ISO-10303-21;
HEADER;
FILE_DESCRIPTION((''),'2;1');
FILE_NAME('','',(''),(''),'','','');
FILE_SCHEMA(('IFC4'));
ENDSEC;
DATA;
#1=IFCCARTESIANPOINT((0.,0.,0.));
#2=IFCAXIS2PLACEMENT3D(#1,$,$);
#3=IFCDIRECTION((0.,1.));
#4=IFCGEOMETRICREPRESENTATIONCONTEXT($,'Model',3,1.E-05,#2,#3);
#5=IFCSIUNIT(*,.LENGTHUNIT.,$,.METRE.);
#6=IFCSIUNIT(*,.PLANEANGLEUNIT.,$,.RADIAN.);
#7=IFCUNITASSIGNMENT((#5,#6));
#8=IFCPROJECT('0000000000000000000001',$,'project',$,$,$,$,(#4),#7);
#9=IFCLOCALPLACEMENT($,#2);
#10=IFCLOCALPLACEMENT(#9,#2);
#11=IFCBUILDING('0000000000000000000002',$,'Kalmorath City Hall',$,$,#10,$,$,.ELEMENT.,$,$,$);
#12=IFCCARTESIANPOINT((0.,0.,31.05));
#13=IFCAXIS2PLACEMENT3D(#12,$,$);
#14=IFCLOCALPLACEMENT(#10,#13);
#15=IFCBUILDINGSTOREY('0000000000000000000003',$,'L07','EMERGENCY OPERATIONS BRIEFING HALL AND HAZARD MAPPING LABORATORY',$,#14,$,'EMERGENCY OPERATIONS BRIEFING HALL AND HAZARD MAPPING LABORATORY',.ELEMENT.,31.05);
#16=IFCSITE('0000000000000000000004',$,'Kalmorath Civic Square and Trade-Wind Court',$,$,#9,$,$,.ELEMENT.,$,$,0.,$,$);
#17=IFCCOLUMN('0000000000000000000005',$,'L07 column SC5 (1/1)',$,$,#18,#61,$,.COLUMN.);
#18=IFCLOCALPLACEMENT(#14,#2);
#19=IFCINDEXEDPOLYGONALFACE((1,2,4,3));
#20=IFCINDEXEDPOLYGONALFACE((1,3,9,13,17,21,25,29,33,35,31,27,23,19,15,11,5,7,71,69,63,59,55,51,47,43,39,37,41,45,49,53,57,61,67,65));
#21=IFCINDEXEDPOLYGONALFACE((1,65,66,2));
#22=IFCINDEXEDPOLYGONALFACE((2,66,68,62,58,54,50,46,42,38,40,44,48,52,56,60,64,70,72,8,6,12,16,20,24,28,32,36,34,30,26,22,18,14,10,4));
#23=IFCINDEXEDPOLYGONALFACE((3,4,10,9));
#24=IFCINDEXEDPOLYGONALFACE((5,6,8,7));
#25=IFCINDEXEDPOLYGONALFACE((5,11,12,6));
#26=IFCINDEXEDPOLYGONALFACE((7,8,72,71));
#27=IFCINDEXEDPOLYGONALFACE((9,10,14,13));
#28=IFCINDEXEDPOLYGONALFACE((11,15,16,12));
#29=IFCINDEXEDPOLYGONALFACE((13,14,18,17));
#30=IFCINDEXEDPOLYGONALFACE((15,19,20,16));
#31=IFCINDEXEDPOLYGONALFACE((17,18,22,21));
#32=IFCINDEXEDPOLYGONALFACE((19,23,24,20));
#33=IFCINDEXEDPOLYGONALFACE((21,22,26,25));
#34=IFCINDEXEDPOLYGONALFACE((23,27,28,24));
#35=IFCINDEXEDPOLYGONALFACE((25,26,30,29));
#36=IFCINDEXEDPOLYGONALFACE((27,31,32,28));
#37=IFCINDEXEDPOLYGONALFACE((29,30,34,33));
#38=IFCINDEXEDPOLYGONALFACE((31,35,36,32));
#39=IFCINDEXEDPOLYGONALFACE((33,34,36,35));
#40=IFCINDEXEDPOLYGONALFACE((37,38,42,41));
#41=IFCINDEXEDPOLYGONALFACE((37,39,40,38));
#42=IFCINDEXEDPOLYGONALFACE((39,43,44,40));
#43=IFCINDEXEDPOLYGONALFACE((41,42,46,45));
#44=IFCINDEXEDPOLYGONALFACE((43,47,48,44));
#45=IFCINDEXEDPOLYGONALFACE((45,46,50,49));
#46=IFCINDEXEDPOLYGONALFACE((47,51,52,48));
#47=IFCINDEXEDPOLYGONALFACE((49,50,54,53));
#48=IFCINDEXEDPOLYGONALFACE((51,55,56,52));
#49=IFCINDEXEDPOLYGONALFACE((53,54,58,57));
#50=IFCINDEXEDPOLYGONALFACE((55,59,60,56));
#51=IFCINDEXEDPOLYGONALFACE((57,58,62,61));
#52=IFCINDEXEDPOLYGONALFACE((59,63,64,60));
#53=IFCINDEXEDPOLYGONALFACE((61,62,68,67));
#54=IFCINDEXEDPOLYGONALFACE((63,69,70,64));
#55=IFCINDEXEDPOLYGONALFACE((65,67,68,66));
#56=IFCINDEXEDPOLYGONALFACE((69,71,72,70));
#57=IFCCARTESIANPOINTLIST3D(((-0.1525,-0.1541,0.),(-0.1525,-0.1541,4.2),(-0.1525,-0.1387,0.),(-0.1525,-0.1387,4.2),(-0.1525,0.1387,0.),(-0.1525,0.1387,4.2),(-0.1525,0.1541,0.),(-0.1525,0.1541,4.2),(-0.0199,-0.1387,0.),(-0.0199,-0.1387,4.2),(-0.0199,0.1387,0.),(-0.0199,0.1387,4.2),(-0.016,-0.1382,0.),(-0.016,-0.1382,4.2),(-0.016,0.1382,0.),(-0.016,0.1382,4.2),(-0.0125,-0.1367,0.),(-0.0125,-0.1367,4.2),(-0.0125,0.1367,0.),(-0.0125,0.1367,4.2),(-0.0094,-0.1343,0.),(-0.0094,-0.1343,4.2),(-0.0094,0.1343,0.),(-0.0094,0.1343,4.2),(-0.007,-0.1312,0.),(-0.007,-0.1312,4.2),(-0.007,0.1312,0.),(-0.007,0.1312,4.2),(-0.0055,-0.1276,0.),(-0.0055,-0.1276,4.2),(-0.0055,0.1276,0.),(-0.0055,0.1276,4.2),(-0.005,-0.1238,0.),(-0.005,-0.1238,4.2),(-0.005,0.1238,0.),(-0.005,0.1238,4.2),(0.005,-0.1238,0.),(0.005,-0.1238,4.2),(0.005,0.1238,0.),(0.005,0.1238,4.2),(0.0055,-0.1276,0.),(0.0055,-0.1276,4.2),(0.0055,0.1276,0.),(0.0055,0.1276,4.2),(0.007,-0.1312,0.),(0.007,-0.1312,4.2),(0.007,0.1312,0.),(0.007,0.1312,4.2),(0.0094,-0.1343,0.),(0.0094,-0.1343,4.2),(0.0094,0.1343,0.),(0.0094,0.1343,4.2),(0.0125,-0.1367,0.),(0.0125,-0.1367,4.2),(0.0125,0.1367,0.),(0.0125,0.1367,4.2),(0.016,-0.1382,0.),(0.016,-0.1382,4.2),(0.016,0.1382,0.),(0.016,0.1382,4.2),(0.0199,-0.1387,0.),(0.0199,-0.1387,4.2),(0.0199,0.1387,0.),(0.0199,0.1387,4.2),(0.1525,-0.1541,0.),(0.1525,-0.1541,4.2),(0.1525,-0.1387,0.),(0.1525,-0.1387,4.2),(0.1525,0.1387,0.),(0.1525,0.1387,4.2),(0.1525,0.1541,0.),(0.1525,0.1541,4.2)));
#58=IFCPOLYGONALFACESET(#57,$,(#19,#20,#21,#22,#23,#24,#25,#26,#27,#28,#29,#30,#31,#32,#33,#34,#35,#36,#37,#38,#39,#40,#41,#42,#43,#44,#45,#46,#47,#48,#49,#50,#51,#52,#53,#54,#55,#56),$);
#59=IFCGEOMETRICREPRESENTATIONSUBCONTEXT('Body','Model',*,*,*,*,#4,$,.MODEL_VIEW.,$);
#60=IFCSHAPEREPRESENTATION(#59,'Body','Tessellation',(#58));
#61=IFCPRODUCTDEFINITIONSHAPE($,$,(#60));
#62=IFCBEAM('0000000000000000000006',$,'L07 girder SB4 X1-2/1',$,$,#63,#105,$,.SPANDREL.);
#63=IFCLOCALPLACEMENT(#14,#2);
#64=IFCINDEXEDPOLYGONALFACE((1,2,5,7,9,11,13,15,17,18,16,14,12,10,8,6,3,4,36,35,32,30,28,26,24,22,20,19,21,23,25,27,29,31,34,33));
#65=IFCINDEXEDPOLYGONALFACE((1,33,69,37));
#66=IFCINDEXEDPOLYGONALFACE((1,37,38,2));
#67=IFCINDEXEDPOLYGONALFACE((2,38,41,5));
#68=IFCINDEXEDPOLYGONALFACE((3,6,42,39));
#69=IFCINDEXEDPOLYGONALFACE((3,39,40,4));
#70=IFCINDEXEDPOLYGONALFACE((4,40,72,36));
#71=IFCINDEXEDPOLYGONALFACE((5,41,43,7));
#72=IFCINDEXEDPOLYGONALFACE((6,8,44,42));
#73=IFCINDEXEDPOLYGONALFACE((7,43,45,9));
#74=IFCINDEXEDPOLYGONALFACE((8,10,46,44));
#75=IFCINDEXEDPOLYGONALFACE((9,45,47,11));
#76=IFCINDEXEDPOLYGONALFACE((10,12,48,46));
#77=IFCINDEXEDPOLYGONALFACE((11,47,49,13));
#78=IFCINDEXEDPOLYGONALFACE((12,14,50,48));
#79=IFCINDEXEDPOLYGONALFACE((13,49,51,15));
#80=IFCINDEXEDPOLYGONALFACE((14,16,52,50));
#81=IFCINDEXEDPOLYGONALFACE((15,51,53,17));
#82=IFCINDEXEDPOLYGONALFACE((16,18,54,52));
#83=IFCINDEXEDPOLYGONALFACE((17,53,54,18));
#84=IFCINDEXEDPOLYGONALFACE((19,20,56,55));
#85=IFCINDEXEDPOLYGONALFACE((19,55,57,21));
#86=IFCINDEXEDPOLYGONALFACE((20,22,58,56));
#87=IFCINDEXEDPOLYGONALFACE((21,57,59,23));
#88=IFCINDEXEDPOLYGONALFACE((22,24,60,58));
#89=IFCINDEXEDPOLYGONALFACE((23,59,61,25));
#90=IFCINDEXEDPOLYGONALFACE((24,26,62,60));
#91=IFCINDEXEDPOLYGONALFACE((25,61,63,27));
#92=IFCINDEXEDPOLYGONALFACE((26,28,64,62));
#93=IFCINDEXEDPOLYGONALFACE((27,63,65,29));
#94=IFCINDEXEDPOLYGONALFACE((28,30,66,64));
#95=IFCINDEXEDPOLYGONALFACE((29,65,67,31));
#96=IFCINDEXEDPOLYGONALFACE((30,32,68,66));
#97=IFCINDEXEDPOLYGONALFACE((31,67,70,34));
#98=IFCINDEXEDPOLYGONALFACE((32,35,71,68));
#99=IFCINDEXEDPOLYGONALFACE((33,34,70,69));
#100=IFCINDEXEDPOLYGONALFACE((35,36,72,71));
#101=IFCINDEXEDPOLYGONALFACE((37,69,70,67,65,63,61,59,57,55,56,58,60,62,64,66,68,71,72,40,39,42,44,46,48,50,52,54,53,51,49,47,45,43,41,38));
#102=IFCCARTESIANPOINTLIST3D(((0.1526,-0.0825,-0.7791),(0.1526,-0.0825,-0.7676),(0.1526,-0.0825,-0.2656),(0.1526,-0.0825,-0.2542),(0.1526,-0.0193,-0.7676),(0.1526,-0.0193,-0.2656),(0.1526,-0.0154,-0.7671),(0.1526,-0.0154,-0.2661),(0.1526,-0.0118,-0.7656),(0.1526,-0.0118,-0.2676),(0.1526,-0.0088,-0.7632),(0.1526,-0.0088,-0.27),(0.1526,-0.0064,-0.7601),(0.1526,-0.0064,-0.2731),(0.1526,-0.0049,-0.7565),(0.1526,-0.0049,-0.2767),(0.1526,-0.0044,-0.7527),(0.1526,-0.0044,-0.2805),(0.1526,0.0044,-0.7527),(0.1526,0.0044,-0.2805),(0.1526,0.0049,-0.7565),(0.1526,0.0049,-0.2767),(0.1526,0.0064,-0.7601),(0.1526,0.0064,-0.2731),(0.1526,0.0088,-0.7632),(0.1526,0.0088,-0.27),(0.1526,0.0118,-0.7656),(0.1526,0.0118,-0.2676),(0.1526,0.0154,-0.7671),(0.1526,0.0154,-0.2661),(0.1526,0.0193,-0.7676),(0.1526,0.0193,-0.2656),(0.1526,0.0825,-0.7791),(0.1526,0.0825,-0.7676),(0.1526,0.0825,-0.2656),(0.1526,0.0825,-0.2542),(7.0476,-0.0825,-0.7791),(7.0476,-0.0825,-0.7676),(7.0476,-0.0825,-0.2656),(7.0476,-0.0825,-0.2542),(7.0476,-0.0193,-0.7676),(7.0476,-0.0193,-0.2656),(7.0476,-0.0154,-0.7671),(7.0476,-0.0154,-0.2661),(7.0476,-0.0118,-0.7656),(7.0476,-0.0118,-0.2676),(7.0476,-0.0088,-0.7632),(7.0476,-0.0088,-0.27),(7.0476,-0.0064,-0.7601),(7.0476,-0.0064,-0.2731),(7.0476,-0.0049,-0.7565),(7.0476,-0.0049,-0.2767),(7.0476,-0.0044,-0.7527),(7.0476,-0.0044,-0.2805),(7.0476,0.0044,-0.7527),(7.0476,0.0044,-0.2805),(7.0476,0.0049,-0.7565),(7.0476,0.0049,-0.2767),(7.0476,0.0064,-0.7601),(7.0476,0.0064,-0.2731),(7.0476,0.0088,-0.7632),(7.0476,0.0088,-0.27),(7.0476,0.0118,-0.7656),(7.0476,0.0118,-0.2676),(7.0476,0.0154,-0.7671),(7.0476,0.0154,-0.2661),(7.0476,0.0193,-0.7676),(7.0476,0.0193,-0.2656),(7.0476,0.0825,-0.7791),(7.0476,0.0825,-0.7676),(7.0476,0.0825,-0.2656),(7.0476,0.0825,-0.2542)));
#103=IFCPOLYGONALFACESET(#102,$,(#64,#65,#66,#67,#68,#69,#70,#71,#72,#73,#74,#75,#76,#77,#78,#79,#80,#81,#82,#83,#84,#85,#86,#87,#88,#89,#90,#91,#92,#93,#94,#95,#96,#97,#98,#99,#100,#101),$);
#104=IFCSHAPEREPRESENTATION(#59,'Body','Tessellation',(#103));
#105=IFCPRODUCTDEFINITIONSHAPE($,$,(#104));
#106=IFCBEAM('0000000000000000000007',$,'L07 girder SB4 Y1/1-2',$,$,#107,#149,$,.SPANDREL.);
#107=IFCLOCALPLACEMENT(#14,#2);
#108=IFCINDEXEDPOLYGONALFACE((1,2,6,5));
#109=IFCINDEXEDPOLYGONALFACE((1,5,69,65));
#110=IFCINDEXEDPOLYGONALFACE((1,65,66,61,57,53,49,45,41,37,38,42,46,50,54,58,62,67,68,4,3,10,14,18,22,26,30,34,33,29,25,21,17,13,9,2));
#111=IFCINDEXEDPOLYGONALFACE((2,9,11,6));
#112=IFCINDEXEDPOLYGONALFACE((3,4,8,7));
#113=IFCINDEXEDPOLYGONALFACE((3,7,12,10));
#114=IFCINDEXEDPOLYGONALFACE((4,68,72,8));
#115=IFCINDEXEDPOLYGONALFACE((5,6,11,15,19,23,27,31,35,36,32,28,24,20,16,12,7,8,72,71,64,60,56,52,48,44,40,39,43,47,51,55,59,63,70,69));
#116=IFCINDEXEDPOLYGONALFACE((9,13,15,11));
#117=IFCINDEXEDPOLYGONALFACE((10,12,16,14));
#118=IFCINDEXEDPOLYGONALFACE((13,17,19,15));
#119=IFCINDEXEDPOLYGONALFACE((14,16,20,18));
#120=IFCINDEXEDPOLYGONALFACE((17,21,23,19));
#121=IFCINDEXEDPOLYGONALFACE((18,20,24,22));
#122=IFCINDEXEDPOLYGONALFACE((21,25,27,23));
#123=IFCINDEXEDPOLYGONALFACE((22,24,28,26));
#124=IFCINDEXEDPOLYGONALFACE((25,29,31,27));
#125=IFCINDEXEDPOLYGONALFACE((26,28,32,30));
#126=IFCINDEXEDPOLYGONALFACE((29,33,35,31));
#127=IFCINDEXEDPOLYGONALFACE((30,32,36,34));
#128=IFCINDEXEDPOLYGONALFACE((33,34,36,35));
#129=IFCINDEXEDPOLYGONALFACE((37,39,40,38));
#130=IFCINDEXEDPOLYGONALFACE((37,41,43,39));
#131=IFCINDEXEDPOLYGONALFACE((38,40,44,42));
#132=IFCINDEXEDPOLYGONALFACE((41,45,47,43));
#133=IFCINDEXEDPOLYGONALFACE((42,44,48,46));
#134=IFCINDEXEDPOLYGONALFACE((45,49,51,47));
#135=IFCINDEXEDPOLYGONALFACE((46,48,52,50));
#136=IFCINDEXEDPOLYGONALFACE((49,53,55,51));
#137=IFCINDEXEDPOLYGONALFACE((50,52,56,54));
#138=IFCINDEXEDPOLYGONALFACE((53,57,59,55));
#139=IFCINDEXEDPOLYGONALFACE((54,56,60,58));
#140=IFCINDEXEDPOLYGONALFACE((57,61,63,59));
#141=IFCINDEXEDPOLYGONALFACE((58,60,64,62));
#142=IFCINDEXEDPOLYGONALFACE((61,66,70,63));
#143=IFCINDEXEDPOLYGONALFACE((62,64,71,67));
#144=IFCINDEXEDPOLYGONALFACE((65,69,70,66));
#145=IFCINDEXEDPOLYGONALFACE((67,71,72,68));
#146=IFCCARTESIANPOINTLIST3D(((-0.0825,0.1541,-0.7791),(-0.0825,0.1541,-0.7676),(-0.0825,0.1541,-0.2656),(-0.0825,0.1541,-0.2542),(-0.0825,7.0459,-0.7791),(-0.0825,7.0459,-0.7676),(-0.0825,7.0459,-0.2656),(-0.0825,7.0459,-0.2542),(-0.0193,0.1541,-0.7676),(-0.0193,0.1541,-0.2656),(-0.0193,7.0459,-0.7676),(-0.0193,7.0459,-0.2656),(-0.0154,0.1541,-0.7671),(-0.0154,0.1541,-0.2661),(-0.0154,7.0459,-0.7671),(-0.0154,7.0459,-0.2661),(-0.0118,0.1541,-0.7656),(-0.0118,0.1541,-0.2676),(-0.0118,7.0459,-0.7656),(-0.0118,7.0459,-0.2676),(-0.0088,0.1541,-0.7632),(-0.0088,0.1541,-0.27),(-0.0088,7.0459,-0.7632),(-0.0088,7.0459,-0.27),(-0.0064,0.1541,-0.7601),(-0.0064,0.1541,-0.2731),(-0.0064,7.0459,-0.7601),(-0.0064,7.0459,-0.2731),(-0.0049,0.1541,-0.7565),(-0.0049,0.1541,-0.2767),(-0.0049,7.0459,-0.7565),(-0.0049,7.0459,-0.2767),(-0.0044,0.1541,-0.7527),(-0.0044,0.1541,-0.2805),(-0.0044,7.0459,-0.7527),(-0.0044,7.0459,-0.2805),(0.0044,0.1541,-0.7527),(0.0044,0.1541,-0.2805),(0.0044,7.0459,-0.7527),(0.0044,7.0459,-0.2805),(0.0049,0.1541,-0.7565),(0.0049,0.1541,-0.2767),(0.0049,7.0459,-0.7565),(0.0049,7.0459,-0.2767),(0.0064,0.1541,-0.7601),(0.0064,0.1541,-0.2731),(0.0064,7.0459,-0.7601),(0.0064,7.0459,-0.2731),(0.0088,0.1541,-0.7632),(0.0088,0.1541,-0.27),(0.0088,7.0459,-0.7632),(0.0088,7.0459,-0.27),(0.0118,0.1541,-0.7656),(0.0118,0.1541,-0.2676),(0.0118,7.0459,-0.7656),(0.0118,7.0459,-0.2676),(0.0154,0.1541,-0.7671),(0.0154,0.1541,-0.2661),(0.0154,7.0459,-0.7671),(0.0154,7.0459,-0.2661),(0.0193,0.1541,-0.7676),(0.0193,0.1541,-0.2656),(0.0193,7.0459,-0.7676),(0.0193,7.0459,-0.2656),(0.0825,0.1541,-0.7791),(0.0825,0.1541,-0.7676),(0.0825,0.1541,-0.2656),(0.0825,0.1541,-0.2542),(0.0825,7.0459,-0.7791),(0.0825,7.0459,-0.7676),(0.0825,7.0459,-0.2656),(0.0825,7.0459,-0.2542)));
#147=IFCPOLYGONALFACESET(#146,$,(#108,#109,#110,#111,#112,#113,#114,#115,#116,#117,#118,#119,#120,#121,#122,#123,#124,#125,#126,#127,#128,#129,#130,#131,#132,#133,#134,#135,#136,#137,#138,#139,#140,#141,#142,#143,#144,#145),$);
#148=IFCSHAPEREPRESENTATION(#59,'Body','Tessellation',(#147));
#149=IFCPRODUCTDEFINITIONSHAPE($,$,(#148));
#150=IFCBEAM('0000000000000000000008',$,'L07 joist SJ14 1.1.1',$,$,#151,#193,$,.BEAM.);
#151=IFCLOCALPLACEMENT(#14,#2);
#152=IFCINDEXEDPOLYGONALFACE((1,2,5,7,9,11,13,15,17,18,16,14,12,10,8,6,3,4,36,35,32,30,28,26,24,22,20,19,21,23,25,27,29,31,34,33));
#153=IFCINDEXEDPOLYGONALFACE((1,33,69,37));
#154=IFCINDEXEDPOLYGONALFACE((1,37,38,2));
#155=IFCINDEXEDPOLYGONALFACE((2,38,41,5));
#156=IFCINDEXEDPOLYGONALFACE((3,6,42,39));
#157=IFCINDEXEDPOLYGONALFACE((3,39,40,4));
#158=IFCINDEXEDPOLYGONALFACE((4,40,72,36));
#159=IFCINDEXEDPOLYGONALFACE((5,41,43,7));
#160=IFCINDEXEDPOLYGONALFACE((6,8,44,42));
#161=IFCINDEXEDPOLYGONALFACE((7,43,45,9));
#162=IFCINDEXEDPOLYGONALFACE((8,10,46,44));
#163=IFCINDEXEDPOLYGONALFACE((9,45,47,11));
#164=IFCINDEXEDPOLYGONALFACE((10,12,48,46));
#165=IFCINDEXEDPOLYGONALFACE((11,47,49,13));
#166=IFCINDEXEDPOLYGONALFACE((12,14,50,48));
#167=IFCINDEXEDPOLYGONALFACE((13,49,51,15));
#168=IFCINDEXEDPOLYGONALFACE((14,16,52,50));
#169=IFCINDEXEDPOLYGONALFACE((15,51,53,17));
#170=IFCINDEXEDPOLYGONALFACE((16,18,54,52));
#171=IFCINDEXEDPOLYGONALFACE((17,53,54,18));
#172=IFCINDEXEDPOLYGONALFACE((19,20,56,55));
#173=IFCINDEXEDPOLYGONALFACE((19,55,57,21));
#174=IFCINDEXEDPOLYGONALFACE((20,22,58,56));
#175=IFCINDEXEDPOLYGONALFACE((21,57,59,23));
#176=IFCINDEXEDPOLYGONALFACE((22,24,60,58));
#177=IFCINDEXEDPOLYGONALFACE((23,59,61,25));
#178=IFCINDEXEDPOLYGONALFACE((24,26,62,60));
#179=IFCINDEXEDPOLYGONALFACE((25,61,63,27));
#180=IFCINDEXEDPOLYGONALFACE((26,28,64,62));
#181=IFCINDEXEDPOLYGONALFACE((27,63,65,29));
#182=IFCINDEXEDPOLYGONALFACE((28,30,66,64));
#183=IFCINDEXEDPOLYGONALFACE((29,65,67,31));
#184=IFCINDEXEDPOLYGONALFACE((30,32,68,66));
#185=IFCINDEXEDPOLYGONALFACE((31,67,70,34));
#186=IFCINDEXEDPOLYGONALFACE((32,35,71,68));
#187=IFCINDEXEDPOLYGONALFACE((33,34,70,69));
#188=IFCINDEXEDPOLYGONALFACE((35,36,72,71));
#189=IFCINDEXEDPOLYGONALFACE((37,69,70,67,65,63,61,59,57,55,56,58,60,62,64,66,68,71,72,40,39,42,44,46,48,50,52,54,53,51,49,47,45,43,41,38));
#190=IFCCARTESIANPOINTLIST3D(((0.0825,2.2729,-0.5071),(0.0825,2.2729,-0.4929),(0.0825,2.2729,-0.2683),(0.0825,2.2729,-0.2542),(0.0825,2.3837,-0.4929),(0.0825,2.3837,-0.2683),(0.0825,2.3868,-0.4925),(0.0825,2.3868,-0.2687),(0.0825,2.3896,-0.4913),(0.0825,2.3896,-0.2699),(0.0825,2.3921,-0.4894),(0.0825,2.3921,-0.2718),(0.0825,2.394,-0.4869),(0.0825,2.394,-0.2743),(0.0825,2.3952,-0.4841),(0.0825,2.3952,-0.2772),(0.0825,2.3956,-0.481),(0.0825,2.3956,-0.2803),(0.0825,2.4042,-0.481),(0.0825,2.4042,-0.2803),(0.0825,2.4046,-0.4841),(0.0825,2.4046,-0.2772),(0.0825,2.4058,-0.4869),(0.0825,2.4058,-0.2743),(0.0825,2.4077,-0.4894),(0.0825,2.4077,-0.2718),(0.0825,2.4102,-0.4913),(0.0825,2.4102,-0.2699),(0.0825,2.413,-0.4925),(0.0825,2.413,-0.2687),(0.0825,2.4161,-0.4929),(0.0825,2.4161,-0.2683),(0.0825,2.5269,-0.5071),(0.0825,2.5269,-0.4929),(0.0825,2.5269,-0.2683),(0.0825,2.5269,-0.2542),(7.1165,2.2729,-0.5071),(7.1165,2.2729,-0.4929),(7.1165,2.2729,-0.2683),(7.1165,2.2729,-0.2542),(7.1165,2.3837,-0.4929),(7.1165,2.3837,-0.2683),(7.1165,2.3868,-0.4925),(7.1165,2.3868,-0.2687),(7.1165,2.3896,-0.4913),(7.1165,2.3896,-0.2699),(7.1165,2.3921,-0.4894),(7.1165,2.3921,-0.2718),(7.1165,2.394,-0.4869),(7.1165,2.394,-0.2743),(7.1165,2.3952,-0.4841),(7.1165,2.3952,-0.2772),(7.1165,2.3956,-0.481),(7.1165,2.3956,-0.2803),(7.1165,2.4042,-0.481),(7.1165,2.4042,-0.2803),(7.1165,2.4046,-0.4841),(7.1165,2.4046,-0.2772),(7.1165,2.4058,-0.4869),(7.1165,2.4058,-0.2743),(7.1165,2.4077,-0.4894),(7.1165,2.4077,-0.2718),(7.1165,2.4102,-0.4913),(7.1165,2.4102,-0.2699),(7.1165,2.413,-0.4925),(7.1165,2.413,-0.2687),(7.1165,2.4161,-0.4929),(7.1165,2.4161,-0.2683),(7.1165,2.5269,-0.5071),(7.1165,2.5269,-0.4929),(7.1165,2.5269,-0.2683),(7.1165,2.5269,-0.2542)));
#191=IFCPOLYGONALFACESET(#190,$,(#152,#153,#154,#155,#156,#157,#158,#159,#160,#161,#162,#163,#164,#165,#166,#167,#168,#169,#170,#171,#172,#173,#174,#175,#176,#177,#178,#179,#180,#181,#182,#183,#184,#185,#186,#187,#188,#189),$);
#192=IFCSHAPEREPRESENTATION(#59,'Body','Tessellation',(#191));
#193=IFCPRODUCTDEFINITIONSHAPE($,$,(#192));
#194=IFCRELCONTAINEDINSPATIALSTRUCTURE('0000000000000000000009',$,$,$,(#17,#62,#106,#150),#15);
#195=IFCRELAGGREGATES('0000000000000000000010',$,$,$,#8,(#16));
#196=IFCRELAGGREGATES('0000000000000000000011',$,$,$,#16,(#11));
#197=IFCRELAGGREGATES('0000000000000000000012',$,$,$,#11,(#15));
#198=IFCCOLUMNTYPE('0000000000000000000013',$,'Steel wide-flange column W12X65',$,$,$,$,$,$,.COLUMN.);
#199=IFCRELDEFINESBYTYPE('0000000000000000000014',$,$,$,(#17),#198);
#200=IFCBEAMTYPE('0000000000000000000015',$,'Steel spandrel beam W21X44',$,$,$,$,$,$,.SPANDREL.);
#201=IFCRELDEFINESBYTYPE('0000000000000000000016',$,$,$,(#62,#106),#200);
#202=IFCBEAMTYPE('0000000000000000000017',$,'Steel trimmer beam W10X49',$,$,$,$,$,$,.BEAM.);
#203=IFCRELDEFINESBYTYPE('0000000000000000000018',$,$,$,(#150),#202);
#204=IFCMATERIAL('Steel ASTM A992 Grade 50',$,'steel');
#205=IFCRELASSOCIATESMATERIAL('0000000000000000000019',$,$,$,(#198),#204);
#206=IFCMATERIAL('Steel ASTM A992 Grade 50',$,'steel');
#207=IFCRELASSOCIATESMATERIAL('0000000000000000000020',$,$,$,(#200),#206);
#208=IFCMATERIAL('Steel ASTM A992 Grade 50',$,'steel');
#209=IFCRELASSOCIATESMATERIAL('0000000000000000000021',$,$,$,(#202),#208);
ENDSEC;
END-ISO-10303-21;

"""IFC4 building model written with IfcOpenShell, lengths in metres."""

from ifc_helpers import new_model, si_unit, direction, frame, origin, origin_with_axes, origin_2d, place, context, subcontext, project, spatial, i_section, extrude, material, material_profile, profile_set, type_object, element, save


model = new_model("IFC4")

# Units and contexts
model_context = context("Model", 3, precision=1e-05, world=origin(), true_north=direction((0.0, 1.0)))
body_context = subcontext(model_context, "Body", "Model", "MODEL_VIEW")
ifc_project = project(units=[si_unit("LENGTHUNIT", "METRE"), si_unit("PLANEANGLEUNIT", "RADIAN")], contexts=[model_context])

# Site, building, storey
site_placement = place(None, origin())
site = spatial("IfcSite", under=ifc_project, at=site_placement, Name="Kalmorath Civic Square and Trade-Wind Court", CompositionType="ELEMENT", RefElevation=0.0)
building_placement = place(site_placement, origin())
building = spatial("IfcBuilding", under=site, at=building_placement, Name="Kalmorath City Hall", CompositionType="ELEMENT")
storey_placement = place(building_placement, frame((0.0, 0.0, 31.05)))
storey = spatial("IfcBuildingStorey", under=building, at=storey_placement, Name="L07", Description="EMERGENCY OPERATIONS BRIEFING HALL AND HAZARD MAPPING LABORATORY", LongName="EMERGENCY OPERATIONS BRIEFING HALL AND HAZARD MAPPING LABORATORY", CompositionType="ELEMENT", Elevation=31.05)

# Column
ifc_material_1 = material(Name="Steel ASTM A992 Grade 50", Category="steel")
ifc_material_profile_1 = material_profile(ifc_material_1, i_section(OverallWidth=0.3049, OverallDepth=0.3081, WebThickness=0.01, FlangeThickness=0.0154, FilletRadius=0.0149, at=origin_2d()), Name="W12X65")
ifc_profile_set_1 = profile_set([ifc_material_profile_1], Name="Steel ASTM A992 Grade 50")
column_type = type_object("IfcColumnType", Name="Steel wide-flange column W12X65", PredefinedType="COLUMN", material=ifc_profile_set_1)
column_placement = place(storey_placement, origin_with_axes())
element("IfcColumn", 1, at=column_placement, inside=storey, type_object=column_type, Name="L07 column SC5 (1/1)", PredefinedType="COLUMN", context=body_context, shape_type="SweptSolid", body=[
    extrude(i_section(OverallWidth=0.3049, OverallDepth=0.3081, WebThickness=0.01, FlangeThickness=0.0154, FilletRadius=0.0149, at=origin_2d()), origin(), (0.0, 0.0, 1.0), 4.2),
])

# Beams
ifc_material_2 = material(Name="Steel ASTM A992 Grade 50", Category="steel")
ifc_material_profile_2 = material_profile(ifc_material_2, i_section(OverallWidth=0.165, OverallDepth=0.5249, WebThickness=0.0088, FlangeThickness=0.0115, FilletRadius=0.0149, at=origin_2d()), Name="W21X44")
ifc_profile_set_2 = profile_set([ifc_material_profile_2], Name="Steel ASTM A992 Grade 50")
beam_type_1 = type_object("IfcBeamType", Name="Steel spandrel beam W21X44", PredefinedType="SPANDREL", material=ifc_profile_set_2)
beam_1_placement = place(storey_placement, frame((0.1526, 0.0, -0.5166), z_axis=(1.0, 0.0, 0.0), x_axis=(0.0, 1.0, 0.0)))
element("IfcBeam", 2, at=beam_1_placement, inside=storey, type_object=beam_type_1, Name="L07 girder SB4 X1-2/1", PredefinedType="SPANDREL", context=body_context, shape_type="SweptSolid", body=[
    extrude(i_section(OverallWidth=0.165, OverallDepth=0.5249, WebThickness=0.0088, FlangeThickness=0.0115, FilletRadius=0.0149, at=origin_2d()), origin(), (0.0, 0.0, 1.0), 6.895),
])
beam_2_placement = place(storey_placement, frame((0.0, 0.1541, -0.5166), z_axis=(0.0, 1.0, 0.0), x_axis=(-1.0, 0.0, 0.0)))
element("IfcBeam", 3, at=beam_2_placement, inside=storey, type_object=beam_type_1, Name="L07 girder SB4 Y1/1-2", PredefinedType="SPANDREL", context=body_context, shape_type="SweptSolid", body=[
    extrude(i_section(OverallWidth=0.165, OverallDepth=0.5249, WebThickness=0.0088, FlangeThickness=0.0115, FilletRadius=0.0149, at=origin_2d()), origin(), (0.0, 0.0, 1.0), 6.8918),
])
ifc_material_3 = material(Name="Steel ASTM A992 Grade 50", Category="steel")
ifc_material_profile_3 = material_profile(ifc_material_3, i_section(OverallWidth=0.2539, OverallDepth=0.2529, WebThickness=0.0085, FlangeThickness=0.0142, FilletRadius=0.012, at=origin_2d()), Name="W10X49")
ifc_profile_set_3 = profile_set([ifc_material_profile_3], Name="Steel ASTM A992 Grade 50")
beam_type_2 = type_object("IfcBeamType", Name="Steel trimmer beam W10X49", PredefinedType="BEAM", material=ifc_profile_set_3)
for number, where, z_axis, x_axis, name in (
    (4, (0.0825, 2.3999, -0.3806), (1.0, 0.0, 0.0), (0.0, 1.0, 0.0), "L07 joist SJ14 1.1.1"),
):
    element("IfcBeam", number, at=place(storey_placement, frame(where, z_axis=z_axis, x_axis=x_axis)), inside=storey, type_object=beam_type_2, Name=name, PredefinedType="BEAM", context=body_context, shape_type="SweptSolid", body=[
        extrude(i_section(OverallWidth=0.2539, OverallDepth=0.2529, WebThickness=0.0085, FlangeThickness=0.0142, FilletRadius=0.012, at=origin_2d()), origin(), (0.0, 0.0, 1.0), 7.0339),
    ])

save(model, "model.ifc")
